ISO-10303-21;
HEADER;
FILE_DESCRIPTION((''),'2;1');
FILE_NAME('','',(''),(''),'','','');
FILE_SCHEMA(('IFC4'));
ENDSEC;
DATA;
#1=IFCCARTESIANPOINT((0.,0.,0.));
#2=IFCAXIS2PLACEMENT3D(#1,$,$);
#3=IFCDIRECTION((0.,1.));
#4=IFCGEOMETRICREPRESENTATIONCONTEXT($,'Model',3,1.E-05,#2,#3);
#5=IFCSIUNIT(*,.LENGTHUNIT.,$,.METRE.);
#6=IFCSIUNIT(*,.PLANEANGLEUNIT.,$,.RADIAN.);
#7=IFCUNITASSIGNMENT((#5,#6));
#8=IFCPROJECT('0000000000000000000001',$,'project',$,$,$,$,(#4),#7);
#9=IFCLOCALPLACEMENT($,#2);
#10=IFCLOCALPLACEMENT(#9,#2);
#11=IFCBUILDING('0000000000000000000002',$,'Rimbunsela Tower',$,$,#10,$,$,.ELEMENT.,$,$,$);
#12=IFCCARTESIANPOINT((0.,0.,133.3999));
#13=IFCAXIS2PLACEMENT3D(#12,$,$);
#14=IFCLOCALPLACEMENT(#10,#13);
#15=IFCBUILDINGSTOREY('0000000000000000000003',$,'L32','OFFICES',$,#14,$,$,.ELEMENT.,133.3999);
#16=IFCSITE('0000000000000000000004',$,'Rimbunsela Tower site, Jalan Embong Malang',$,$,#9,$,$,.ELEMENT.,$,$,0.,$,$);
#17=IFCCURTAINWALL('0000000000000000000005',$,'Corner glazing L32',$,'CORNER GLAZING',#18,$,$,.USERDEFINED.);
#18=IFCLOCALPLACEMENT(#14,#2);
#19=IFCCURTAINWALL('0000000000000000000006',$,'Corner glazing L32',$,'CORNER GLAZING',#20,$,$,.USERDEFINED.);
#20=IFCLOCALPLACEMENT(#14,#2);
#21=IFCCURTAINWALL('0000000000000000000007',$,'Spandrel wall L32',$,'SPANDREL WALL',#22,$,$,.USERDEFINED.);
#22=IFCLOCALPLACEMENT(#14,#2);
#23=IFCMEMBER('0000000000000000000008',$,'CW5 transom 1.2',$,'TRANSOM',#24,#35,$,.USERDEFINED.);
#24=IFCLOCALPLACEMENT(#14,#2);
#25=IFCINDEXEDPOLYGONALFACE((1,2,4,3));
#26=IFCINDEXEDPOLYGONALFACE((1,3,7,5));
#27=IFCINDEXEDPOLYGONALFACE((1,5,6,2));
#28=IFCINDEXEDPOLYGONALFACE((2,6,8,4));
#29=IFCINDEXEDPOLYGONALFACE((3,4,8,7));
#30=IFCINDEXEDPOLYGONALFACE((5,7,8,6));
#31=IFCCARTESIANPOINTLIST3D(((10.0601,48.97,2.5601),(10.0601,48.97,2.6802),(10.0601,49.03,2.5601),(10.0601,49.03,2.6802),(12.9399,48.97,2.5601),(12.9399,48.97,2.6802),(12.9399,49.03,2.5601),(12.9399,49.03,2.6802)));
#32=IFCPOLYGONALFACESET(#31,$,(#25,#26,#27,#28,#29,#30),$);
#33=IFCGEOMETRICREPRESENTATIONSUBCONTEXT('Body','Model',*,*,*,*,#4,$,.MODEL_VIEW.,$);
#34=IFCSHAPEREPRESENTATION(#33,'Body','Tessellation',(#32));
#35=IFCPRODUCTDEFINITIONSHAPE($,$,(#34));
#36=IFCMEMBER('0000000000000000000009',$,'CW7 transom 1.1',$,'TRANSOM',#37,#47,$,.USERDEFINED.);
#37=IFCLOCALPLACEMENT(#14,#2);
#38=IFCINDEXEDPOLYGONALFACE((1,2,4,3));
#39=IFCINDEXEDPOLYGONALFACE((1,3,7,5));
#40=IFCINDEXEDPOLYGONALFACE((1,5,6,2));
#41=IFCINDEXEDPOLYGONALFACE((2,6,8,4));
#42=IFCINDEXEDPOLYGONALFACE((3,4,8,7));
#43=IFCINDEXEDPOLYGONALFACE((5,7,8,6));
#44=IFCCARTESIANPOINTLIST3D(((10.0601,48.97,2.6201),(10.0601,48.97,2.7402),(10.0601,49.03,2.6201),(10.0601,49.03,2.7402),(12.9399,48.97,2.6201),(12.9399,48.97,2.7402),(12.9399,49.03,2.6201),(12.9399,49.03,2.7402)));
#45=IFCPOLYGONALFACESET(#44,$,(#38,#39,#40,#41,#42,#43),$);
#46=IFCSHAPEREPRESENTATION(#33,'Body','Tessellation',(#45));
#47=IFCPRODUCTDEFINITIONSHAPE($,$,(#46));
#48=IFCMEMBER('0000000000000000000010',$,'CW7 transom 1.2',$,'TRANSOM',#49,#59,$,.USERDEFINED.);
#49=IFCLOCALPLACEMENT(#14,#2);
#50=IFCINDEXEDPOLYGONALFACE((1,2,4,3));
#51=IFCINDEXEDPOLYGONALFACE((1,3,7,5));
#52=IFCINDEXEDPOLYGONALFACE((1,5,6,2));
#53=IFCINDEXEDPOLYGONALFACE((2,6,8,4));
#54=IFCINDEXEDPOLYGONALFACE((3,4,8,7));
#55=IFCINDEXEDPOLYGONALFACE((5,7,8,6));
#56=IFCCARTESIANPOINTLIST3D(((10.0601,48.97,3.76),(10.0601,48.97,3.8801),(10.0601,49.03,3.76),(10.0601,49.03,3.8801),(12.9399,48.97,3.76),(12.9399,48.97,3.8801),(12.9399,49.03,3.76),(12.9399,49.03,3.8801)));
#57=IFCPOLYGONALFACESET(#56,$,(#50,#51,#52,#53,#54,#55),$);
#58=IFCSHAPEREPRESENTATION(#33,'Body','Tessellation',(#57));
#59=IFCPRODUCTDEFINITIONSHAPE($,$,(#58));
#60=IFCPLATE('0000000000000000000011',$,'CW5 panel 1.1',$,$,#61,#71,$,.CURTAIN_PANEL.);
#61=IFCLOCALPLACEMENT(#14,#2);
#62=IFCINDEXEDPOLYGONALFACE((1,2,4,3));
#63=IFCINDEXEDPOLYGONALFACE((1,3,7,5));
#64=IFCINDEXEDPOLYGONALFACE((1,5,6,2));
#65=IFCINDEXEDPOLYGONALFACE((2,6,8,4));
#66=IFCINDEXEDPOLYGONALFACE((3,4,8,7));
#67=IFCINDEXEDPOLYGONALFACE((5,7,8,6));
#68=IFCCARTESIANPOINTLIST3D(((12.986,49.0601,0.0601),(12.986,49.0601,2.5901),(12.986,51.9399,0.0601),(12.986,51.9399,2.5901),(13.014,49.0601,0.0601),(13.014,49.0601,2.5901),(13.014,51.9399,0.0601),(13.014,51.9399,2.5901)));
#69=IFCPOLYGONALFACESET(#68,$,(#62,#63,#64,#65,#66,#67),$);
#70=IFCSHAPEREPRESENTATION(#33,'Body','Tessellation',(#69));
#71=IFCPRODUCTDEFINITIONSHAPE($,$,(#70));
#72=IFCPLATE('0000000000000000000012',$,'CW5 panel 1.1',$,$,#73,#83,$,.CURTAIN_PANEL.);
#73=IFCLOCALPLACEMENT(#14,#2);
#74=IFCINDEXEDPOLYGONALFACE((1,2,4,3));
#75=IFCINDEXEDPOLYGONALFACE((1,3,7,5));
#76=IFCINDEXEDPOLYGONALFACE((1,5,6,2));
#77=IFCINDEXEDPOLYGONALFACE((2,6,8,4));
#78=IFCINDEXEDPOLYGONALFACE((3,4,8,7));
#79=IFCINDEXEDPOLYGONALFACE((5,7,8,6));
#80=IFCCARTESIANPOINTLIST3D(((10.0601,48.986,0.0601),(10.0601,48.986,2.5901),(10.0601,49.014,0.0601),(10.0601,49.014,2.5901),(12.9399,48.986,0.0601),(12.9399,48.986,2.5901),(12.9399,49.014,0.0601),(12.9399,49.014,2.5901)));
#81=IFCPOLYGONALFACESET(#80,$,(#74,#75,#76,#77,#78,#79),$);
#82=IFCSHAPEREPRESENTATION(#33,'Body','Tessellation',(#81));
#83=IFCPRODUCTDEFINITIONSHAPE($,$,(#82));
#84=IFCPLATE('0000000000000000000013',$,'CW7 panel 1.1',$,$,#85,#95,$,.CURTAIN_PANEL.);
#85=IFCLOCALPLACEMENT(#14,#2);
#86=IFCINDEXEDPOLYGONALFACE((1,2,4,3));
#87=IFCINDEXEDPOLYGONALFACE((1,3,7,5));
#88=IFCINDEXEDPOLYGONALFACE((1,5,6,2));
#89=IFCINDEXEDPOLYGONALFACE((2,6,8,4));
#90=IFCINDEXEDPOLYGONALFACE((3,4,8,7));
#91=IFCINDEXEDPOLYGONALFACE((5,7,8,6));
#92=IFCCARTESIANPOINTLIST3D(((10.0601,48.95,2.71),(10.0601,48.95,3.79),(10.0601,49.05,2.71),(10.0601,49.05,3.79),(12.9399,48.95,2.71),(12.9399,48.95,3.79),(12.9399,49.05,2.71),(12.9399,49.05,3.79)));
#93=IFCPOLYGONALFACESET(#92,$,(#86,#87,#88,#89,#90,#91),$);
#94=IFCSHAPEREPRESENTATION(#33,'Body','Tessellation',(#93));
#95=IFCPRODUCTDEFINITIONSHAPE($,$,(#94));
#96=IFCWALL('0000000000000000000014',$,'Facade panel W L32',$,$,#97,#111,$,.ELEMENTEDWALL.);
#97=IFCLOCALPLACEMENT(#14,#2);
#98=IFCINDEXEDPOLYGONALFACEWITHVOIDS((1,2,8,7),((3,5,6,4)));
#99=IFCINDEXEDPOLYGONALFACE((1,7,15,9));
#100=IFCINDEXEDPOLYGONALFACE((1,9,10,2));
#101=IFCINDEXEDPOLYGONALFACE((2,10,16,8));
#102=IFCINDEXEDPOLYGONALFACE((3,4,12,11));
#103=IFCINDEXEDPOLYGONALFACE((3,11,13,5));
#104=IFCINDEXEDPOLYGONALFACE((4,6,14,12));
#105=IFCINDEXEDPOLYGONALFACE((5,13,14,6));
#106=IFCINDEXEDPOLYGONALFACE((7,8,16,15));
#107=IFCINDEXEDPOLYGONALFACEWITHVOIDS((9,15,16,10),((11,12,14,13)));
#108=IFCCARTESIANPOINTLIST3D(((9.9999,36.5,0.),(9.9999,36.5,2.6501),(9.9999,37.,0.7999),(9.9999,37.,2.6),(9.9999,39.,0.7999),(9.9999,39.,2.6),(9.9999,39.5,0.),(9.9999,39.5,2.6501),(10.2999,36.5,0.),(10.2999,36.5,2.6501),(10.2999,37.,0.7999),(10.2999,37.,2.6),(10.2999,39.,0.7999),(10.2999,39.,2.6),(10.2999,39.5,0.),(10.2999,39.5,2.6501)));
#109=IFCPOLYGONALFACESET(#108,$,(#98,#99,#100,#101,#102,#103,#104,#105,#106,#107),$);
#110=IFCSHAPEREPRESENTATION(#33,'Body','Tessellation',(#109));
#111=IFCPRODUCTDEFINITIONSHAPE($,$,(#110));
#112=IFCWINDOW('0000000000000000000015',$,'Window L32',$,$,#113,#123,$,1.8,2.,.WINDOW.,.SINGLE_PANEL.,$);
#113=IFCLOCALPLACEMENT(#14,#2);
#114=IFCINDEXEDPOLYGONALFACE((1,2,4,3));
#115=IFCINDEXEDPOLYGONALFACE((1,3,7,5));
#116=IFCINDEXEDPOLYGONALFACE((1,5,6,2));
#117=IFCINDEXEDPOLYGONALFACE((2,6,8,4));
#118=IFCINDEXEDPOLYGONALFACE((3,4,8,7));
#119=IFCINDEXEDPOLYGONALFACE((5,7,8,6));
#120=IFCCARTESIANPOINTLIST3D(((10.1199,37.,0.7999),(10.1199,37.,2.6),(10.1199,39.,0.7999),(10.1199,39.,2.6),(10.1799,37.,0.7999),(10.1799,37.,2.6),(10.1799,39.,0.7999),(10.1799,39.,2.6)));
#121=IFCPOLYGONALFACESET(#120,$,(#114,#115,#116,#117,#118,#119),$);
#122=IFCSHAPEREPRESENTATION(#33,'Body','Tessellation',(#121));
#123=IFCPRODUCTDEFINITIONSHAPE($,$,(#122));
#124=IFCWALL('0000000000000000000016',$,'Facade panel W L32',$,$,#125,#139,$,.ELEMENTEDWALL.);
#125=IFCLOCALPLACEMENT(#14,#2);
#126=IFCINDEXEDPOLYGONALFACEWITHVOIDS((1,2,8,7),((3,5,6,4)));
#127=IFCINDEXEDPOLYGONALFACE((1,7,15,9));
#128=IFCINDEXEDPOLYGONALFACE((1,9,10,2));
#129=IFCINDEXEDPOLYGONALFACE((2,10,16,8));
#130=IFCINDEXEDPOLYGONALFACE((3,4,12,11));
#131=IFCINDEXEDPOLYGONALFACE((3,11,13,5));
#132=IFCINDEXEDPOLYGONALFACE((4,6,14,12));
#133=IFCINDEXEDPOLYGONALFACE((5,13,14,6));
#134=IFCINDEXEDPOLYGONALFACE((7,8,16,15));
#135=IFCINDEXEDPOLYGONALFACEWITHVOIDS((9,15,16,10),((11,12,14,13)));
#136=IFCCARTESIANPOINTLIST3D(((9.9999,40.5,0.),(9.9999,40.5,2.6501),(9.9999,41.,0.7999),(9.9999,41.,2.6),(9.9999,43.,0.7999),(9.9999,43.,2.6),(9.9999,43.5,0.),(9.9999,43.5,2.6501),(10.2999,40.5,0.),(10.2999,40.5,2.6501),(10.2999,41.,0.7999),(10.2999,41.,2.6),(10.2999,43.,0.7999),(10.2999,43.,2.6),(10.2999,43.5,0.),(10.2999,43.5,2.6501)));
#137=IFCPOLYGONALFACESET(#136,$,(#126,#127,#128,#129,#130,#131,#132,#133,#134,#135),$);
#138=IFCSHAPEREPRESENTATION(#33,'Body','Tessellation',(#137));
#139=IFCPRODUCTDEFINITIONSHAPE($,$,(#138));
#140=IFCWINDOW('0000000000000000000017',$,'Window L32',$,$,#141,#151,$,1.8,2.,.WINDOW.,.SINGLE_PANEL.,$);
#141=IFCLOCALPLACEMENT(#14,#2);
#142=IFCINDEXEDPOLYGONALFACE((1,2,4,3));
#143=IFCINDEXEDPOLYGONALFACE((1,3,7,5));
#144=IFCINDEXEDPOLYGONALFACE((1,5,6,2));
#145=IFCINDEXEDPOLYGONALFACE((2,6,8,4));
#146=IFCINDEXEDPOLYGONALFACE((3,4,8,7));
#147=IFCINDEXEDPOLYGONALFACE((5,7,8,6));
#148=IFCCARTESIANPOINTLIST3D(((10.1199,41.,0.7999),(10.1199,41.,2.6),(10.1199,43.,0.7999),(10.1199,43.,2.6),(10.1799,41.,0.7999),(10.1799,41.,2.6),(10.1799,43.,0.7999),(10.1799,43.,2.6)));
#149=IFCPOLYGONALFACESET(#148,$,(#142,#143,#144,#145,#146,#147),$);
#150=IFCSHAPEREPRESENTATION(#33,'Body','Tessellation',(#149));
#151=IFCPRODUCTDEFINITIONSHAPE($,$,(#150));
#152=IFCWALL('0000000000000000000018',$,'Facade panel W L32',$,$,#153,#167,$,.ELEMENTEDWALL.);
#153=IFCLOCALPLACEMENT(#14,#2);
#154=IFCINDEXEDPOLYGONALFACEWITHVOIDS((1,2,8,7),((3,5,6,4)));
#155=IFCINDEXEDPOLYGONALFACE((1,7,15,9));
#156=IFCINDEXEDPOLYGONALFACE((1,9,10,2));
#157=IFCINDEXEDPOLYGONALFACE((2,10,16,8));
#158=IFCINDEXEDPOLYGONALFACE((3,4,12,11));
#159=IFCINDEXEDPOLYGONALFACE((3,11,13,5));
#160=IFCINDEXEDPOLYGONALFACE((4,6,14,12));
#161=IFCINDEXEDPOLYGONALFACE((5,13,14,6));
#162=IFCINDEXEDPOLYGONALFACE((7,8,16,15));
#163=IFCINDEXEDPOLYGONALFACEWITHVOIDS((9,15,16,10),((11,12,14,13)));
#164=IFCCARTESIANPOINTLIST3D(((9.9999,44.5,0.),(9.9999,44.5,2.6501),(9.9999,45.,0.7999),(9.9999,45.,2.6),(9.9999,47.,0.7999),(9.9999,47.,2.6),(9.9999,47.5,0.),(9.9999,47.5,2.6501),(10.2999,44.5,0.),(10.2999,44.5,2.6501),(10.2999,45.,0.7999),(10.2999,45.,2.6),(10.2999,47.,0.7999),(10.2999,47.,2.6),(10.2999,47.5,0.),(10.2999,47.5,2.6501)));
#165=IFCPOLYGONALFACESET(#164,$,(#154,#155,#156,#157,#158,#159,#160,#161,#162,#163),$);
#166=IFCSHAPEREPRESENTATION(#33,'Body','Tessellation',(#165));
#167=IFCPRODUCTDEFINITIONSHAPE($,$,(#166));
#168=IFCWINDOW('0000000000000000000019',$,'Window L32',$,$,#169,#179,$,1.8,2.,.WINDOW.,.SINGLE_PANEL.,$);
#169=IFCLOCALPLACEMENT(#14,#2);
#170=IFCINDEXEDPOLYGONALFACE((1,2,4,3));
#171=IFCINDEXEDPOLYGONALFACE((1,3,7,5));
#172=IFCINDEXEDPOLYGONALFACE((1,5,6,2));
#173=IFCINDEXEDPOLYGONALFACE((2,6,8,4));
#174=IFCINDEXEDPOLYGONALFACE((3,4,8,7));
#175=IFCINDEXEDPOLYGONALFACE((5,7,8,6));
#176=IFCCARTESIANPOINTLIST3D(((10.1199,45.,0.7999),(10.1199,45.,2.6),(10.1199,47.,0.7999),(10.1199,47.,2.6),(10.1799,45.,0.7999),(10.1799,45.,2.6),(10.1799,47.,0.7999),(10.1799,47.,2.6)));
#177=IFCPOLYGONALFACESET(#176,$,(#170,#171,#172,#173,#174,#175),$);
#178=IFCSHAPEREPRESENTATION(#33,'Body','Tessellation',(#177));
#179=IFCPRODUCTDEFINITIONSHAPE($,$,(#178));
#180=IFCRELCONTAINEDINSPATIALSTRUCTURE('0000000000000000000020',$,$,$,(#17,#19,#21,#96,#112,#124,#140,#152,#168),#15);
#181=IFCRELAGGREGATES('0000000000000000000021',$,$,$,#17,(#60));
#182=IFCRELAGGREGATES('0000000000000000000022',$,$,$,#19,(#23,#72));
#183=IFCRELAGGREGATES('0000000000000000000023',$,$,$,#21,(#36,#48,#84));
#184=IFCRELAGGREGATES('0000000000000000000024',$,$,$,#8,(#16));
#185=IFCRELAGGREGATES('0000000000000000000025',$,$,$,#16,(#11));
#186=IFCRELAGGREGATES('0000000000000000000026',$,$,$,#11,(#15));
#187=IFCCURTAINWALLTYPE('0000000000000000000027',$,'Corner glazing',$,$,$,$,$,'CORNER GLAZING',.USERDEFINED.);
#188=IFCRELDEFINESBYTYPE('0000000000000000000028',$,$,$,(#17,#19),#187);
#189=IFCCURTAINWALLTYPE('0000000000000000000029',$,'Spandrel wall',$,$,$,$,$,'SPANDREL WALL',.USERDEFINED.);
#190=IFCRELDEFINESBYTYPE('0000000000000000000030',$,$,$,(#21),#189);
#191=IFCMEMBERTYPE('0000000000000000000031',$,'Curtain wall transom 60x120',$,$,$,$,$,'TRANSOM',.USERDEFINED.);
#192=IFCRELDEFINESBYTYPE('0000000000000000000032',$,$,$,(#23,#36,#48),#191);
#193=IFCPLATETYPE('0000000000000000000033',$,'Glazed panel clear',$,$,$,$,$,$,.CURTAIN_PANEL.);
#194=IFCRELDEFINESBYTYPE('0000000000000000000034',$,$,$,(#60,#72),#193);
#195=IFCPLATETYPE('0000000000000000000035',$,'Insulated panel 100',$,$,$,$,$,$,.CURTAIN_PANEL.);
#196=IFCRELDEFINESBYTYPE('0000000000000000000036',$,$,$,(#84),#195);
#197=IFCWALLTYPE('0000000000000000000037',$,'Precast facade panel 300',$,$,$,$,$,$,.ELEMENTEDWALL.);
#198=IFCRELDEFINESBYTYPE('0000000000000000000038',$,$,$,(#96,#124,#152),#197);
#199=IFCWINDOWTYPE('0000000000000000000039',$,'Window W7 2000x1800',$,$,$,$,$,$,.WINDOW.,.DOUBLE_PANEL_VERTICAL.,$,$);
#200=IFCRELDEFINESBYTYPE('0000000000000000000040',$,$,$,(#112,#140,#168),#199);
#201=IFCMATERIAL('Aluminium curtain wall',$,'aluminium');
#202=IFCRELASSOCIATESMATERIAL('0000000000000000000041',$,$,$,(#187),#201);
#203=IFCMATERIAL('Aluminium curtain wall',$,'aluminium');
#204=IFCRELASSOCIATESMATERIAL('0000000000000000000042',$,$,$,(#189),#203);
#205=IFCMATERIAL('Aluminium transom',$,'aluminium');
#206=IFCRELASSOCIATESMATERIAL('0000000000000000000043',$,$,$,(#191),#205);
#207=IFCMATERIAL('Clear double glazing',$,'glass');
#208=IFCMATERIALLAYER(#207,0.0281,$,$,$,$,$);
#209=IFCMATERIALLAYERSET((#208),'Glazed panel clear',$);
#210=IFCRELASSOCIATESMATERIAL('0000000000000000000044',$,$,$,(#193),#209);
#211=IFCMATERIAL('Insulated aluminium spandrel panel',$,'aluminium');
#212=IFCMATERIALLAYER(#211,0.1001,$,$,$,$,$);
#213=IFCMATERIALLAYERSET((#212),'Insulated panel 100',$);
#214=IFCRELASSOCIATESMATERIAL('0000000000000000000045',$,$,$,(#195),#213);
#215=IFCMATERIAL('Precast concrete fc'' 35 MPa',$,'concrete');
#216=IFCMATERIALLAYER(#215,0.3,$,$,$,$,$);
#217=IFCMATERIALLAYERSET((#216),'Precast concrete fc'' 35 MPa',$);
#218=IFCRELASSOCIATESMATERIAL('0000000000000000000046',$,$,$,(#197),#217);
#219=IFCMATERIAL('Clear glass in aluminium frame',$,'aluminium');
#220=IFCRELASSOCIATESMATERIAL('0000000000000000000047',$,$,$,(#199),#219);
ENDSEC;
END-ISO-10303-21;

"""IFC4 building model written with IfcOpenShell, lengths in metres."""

from ifc_helpers import new_model, si_unit, direction, frame, frame_2d, origin, origin_2d, place, context, subcontext, project, spatial, rectangle, extrude, material, layer, layer_set, material_profile, profile_set, type_object, element, fill, aggregate, save


model = new_model("IFC4")

# Units and contexts
model_context = context("Model", 3, precision=1e-05, world=origin(), true_north=direction((0.0, 1.0)))
body_context = subcontext(model_context, "Body", "Model", "MODEL_VIEW")
ifc_project = project(units=[si_unit("LENGTHUNIT", "METRE"), si_unit("PLANEANGLEUNIT", "RADIAN")], contexts=[model_context])

# Site, building, storey
site_placement = place(None, origin())
site = spatial("IfcSite", under=ifc_project, at=site_placement, Name="Rimbunsela Tower site, Jalan Embong Malang", CompositionType="ELEMENT", RefElevation=0.0)
building_placement = place(site_placement, origin())
building = spatial("IfcBuilding", under=site, at=building_placement, Name="Rimbunsela Tower", CompositionType="ELEMENT")
storey_placement = place(building_placement, frame((0.0, 0.0, 133.3999)))
storey = spatial("IfcBuildingStorey", under=building, at=storey_placement, Name="L32", Description="OFFICES", CompositionType="ELEMENT", Elevation=133.3999)

# Curtain wall
ifc_material_1 = material(Name="Aluminium curtain wall", Category="aluminium")
curtain_wall_type_1 = type_object("IfcCurtainWallType", Name="Corner glazing", ElementType="CORNER GLAZING", PredefinedType="USERDEFINED", material=ifc_material_1)
curtain_wall_1_placement = place(storey_placement, origin())
curtain_wall_1 = element("IfcCurtainWall", 1, at=curtain_wall_1_placement, inside=storey, type_object=curtain_wall_type_1, Name="Corner glazing L32", ObjectType="CORNER GLAZING", PredefinedType="USERDEFINED")
ifc_material_2 = material(Name="Aluminium curtain wall", Category="aluminium")
curtain_wall_type_2 = type_object("IfcCurtainWallType", Name="Spandrel wall", ElementType="SPANDREL WALL", PredefinedType="USERDEFINED", material=ifc_material_2)

# Curtain walls
curtain_wall_2_placement = place(storey_placement, origin())
curtain_wall_2 = element("IfcCurtainWall", 2, at=curtain_wall_2_placement, inside=storey, type_object=curtain_wall_type_1, Name="Corner glazing L32", ObjectType="CORNER GLAZING", PredefinedType="USERDEFINED")
curtain_wall_3_placement = place(storey_placement, origin())
curtain_wall_3 = element("IfcCurtainWall", 3, at=curtain_wall_3_placement, inside=storey, type_object=curtain_wall_type_2, Name="Spandrel wall L32", ObjectType="SPANDREL WALL", PredefinedType="USERDEFINED")

# Members
ifc_material_3 = material(Name="Aluminium transom", Category="aluminium")
ifc_material_profile_1 = material_profile(ifc_material_3, rectangle(XDim=0.0601, YDim=0.1201, at=origin_2d()), Name="Transom 60x120")
ifc_profile_set_1 = profile_set([ifc_material_profile_1], Name="Aluminium transom")
member_type_1 = type_object("IfcMemberType", Name="Curtain wall transom 60x120", ElementType="TRANSOM", PredefinedType="USERDEFINED", material=ifc_profile_set_1)
member_1_placement = place(storey_placement, frame((12.9399, 49.0, 2.6201), z_axis=(-1.0, 0.0, 0.0), x_axis=(0.0, -1.0, 0.0)))
member_1 = element("IfcMember", 4, at=member_1_placement, type_object=member_type_1, Name="CW5 transom 1.2", ObjectType="TRANSOM", PredefinedType="USERDEFINED", context=body_context, shape_type="SweptSolid", body=[
    extrude(rectangle(XDim=0.0601, YDim=0.1201, at=origin_2d()), origin(), (0.0, 0.0, 1.0), 2.8799),
])
member_2_placement = place(storey_placement, frame((12.9399, 49.0, 2.6802), z_axis=(-1.0, 0.0, 0.0), x_axis=(0.0, -1.0, 0.0)))
member_2 = element("IfcMember", 5, at=member_2_placement, type_object=member_type_1, Name="CW7 transom 1.1", ObjectType="TRANSOM", PredefinedType="USERDEFINED", context=body_context, shape_type="SweptSolid", body=[
    extrude(rectangle(XDim=0.0601, YDim=0.1201, at=origin_2d()), origin(), (0.0, 0.0, 1.0), 2.8799),
])
member_3_placement = place(storey_placement, frame((12.9399, 49.0, 3.8201), z_axis=(-1.0, 0.0, 0.0), x_axis=(0.0, -1.0, 0.0)))
member_3 = element("IfcMember", 6, at=member_3_placement, type_object=member_type_1, Name="CW7 transom 1.2", ObjectType="TRANSOM", PredefinedType="USERDEFINED", context=body_context, shape_type="SweptSolid", body=[
    extrude(rectangle(XDim=0.0601, YDim=0.1201, at=origin_2d()), origin(), (0.0, 0.0, 1.0), 2.8799),
])

# Plates
ifc_material_4 = material(Name="Clear double glazing", Category="glass")
ifc_layer_1 = layer(ifc_material_4, 0.0281)
ifc_layer_set_1 = layer_set([ifc_layer_1], Name="Glazed panel clear")
plate_type_1 = type_object("IfcPlateType", Name="Glazed panel clear", PredefinedType="CURTAIN_PANEL", material=ifc_layer_set_1)
plate_1_placement = place(storey_placement, frame((13.0, 50.5, 0.0601), z_axis=(0.0, 0.0, 1.0), x_axis=(0.0, -1.0, 0.0)))
plate_1 = element("IfcPlate", 7, at=plate_1_placement, type_object=plate_type_1, Name="CW5 panel 1.1", PredefinedType="CURTAIN_PANEL", context=body_context, shape_type="SweptSolid", body=[
    extrude(rectangle(XDim=2.8799, YDim=0.0281, at=origin_2d()), origin(), (0.0, 0.0, 1.0), 2.53),
])
aggregate(curtain_wall_1, [plate_1])
plate_2_placement = place(storey_placement, frame((11.5, 49.0, 0.0601), z_axis=(0.0, 0.0, 1.0), x_axis=(-1.0, 0.0, 0.0)))
plate_2 = element("IfcPlate", 8, at=plate_2_placement, type_object=plate_type_1, Name="CW5 panel 1.1", PredefinedType="CURTAIN_PANEL", context=body_context, shape_type="SweptSolid", body=[
    extrude(rectangle(XDim=2.8799, YDim=0.0281, at=origin_2d()), origin(), (0.0, 0.0, 1.0), 2.53),
])
aggregate(curtain_wall_2, [member_1, plate_2])
ifc_material_5 = material(Name="Insulated aluminium spandrel panel", Category="aluminium")
ifc_layer_2 = layer(ifc_material_5, 0.1001)
ifc_layer_set_2 = layer_set([ifc_layer_2], Name="Insulated panel 100")
plate_type_2 = type_object("IfcPlateType", Name="Insulated panel 100", PredefinedType="CURTAIN_PANEL", material=ifc_layer_set_2)
plate_3_placement = place(storey_placement, frame((11.5, 49.0, 2.71), z_axis=(0.0, 0.0, 1.0), x_axis=(-1.0, 0.0, 0.0)))
plate_3 = element("IfcPlate", 9, at=plate_3_placement, type_object=plate_type_2, Name="CW7 panel 1.1", PredefinedType="CURTAIN_PANEL", context=body_context, shape_type="SweptSolid", body=[
    extrude(rectangle(XDim=2.8799, YDim=0.1001, at=origin_2d()), origin(), (0.0, 0.0, 1.0), 1.0801),
])
aggregate(curtain_wall_3, [member_2, member_3, plate_3])

# Walls, openings, windows
ifc_material_6 = material(Name="Precast concrete fc' 35 MPa", Category="concrete")
ifc_layer_3 = layer(ifc_material_6, 0.3)
ifc_layer_set_3 = layer_set([ifc_layer_3], Name="Precast concrete fc' 35 MPa")
wall_type = type_object("IfcWallType", Name="Precast facade panel 300", PredefinedType="ELEMENTEDWALL", material=ifc_layer_set_3)
wall_1_placement = place(storey_placement, frame((10.1499, 39.5, 0.0), z_axis=(0.0, 0.0, 1.0), x_axis=(0.0, -1.0, 0.0)))
wall_1 = element("IfcWall", 10, at=wall_1_placement, inside=storey, type_object=wall_type, Name="Facade panel W L32", PredefinedType="ELEMENTEDWALL", context=body_context, shape_type="SweptSolid", body=[
    extrude(rectangle(XDim=3.0, YDim=0.3, at=frame_2d((1.5, 0.0))), origin(), (0.0, 0.0, 1.0), 2.6501),
])
opening_1_placement = place(wall_1_placement, frame((0.5, 0.0, 0.8)))
opening_1 = element("IfcOpeningElement", 11, at=opening_1_placement, cuts=wall_1, PredefinedType="OPENING", context=body_context, shape_type="SweptSolid", body=[
    extrude(rectangle(XDim=2.0, YDim=1.8, at=frame_2d((1.0, 0.8999))), frame((0.0, 0.1599, 0.0), z_axis=(0.0, -1.0, 0.0), x_axis=(1.0, 0.0, 0.0)), (0.0, 0.0, 1.0), 0.3201),
])
ifc_material_7 = material(Name="Clear glass in aluminium frame", Category="aluminium")
window_type = type_object("IfcWindowType", Name="Window W7 2000x1800", PartitioningType="DOUBLE_PANEL_VERTICAL", PredefinedType="WINDOW", material=ifc_material_7)
window_1_placement = place(opening_1_placement, origin())
window_1 = element("IfcWindow", 12, at=window_1_placement, inside=storey, type_object=window_type, Name="Window L32", OverallHeight=1.8, OverallWidth=2.0, PartitioningType="SINGLE_PANEL", PredefinedType="WINDOW", context=body_context, shape_type="SweptSolid", body=[
    extrude(rectangle(XDim=2.0, YDim=1.8, at=frame_2d((1.0, 0.8999))), frame((0.0, 0.03, 0.0), z_axis=(0.0, -1.0, 0.0), x_axis=(1.0, 0.0, 0.0)), (0.0, 0.0, 1.0), 0.0601),
])
fill(opening_1, window_1)
wall_2_placement = place(storey_placement, frame((10.1499, 43.5, 0.0), z_axis=(0.0, 0.0, 1.0), x_axis=(0.0, -1.0, 0.0)))
wall_2 = element("IfcWall", 13, at=wall_2_placement, inside=storey, type_object=wall_type, Name="Facade panel W L32", PredefinedType="ELEMENTEDWALL", context=body_context, shape_type="SweptSolid", body=[
    extrude(rectangle(XDim=3.0, YDim=0.3, at=frame_2d((1.5, 0.0))), origin(), (0.0, 0.0, 1.0), 2.6501),
])
opening_2_placement = place(wall_2_placement, frame((0.5, 0.0, 0.8)))
opening_2 = element("IfcOpeningElement", 14, at=opening_2_placement, cuts=wall_2, PredefinedType="OPENING", context=body_context, shape_type="SweptSolid", body=[
    extrude(rectangle(XDim=2.0, YDim=1.8, at=frame_2d((1.0, 0.8999))), frame((0.0, 0.1599, 0.0), z_axis=(0.0, -1.0, 0.0), x_axis=(1.0, 0.0, 0.0)), (0.0, 0.0, 1.0), 0.3201),
])
window_2_placement = place(opening_2_placement, origin())
window_2 = element("IfcWindow", 15, at=window_2_placement, inside=storey, type_object=window_type, Name="Window L32", OverallHeight=1.8, OverallWidth=2.0, PartitioningType="SINGLE_PANEL", PredefinedType="WINDOW", context=body_context, shape_type="SweptSolid", body=[
    extrude(rectangle(XDim=2.0, YDim=1.8, at=frame_2d((1.0, 0.8999))), frame((0.0, 0.03, 0.0), z_axis=(0.0, -1.0, 0.0), x_axis=(1.0, 0.0, 0.0)), (0.0, 0.0, 1.0), 0.0601),
])
fill(opening_2, window_2)
wall_3_placement = place(storey_placement, frame((10.1499, 47.5, 0.0), z_axis=(0.0, 0.0, 1.0), x_axis=(0.0, -1.0, 0.0)))
wall_3 = element("IfcWall", 16, at=wall_3_placement, inside=storey, type_object=wall_type, Name="Facade panel W L32", PredefinedType="ELEMENTEDWALL", context=body_context, shape_type="SweptSolid", body=[
    extrude(rectangle(XDim=3.0, YDim=0.3, at=frame_2d((1.5, 0.0))), origin(), (0.0, 0.0, 1.0), 2.6501),
])
opening_3_placement = place(wall_3_placement, frame((0.5, 0.0, 0.8)))
opening_3 = element("IfcOpeningElement", 17, at=opening_3_placement, cuts=wall_3, PredefinedType="OPENING", context=body_context, shape_type="SweptSolid", body=[
    extrude(rectangle(XDim=2.0, YDim=1.8, at=frame_2d((1.0, 0.8999))), frame((0.0, 0.1599, 0.0), z_axis=(0.0, -1.0, 0.0), x_axis=(1.0, 0.0, 0.0)), (0.0, 0.0, 1.0), 0.3201),
])
window_3_placement = place(opening_3_placement, origin())
window_3 = element("IfcWindow", 18, at=window_3_placement, inside=storey, type_object=window_type, Name="Window L32", OverallHeight=1.8, OverallWidth=2.0, PartitioningType="SINGLE_PANEL", PredefinedType="WINDOW", context=body_context, shape_type="SweptSolid", body=[
    extrude(rectangle(XDim=2.0, YDim=1.8, at=frame_2d((1.0, 0.8999))), frame((0.0, 0.03, 0.0), z_axis=(0.0, -1.0, 0.0), x_axis=(1.0, 0.0, 0.0)), (0.0, 0.0, 1.0), 0.0601),
])
fill(opening_3, window_3)

save(model, "model.ifc")
